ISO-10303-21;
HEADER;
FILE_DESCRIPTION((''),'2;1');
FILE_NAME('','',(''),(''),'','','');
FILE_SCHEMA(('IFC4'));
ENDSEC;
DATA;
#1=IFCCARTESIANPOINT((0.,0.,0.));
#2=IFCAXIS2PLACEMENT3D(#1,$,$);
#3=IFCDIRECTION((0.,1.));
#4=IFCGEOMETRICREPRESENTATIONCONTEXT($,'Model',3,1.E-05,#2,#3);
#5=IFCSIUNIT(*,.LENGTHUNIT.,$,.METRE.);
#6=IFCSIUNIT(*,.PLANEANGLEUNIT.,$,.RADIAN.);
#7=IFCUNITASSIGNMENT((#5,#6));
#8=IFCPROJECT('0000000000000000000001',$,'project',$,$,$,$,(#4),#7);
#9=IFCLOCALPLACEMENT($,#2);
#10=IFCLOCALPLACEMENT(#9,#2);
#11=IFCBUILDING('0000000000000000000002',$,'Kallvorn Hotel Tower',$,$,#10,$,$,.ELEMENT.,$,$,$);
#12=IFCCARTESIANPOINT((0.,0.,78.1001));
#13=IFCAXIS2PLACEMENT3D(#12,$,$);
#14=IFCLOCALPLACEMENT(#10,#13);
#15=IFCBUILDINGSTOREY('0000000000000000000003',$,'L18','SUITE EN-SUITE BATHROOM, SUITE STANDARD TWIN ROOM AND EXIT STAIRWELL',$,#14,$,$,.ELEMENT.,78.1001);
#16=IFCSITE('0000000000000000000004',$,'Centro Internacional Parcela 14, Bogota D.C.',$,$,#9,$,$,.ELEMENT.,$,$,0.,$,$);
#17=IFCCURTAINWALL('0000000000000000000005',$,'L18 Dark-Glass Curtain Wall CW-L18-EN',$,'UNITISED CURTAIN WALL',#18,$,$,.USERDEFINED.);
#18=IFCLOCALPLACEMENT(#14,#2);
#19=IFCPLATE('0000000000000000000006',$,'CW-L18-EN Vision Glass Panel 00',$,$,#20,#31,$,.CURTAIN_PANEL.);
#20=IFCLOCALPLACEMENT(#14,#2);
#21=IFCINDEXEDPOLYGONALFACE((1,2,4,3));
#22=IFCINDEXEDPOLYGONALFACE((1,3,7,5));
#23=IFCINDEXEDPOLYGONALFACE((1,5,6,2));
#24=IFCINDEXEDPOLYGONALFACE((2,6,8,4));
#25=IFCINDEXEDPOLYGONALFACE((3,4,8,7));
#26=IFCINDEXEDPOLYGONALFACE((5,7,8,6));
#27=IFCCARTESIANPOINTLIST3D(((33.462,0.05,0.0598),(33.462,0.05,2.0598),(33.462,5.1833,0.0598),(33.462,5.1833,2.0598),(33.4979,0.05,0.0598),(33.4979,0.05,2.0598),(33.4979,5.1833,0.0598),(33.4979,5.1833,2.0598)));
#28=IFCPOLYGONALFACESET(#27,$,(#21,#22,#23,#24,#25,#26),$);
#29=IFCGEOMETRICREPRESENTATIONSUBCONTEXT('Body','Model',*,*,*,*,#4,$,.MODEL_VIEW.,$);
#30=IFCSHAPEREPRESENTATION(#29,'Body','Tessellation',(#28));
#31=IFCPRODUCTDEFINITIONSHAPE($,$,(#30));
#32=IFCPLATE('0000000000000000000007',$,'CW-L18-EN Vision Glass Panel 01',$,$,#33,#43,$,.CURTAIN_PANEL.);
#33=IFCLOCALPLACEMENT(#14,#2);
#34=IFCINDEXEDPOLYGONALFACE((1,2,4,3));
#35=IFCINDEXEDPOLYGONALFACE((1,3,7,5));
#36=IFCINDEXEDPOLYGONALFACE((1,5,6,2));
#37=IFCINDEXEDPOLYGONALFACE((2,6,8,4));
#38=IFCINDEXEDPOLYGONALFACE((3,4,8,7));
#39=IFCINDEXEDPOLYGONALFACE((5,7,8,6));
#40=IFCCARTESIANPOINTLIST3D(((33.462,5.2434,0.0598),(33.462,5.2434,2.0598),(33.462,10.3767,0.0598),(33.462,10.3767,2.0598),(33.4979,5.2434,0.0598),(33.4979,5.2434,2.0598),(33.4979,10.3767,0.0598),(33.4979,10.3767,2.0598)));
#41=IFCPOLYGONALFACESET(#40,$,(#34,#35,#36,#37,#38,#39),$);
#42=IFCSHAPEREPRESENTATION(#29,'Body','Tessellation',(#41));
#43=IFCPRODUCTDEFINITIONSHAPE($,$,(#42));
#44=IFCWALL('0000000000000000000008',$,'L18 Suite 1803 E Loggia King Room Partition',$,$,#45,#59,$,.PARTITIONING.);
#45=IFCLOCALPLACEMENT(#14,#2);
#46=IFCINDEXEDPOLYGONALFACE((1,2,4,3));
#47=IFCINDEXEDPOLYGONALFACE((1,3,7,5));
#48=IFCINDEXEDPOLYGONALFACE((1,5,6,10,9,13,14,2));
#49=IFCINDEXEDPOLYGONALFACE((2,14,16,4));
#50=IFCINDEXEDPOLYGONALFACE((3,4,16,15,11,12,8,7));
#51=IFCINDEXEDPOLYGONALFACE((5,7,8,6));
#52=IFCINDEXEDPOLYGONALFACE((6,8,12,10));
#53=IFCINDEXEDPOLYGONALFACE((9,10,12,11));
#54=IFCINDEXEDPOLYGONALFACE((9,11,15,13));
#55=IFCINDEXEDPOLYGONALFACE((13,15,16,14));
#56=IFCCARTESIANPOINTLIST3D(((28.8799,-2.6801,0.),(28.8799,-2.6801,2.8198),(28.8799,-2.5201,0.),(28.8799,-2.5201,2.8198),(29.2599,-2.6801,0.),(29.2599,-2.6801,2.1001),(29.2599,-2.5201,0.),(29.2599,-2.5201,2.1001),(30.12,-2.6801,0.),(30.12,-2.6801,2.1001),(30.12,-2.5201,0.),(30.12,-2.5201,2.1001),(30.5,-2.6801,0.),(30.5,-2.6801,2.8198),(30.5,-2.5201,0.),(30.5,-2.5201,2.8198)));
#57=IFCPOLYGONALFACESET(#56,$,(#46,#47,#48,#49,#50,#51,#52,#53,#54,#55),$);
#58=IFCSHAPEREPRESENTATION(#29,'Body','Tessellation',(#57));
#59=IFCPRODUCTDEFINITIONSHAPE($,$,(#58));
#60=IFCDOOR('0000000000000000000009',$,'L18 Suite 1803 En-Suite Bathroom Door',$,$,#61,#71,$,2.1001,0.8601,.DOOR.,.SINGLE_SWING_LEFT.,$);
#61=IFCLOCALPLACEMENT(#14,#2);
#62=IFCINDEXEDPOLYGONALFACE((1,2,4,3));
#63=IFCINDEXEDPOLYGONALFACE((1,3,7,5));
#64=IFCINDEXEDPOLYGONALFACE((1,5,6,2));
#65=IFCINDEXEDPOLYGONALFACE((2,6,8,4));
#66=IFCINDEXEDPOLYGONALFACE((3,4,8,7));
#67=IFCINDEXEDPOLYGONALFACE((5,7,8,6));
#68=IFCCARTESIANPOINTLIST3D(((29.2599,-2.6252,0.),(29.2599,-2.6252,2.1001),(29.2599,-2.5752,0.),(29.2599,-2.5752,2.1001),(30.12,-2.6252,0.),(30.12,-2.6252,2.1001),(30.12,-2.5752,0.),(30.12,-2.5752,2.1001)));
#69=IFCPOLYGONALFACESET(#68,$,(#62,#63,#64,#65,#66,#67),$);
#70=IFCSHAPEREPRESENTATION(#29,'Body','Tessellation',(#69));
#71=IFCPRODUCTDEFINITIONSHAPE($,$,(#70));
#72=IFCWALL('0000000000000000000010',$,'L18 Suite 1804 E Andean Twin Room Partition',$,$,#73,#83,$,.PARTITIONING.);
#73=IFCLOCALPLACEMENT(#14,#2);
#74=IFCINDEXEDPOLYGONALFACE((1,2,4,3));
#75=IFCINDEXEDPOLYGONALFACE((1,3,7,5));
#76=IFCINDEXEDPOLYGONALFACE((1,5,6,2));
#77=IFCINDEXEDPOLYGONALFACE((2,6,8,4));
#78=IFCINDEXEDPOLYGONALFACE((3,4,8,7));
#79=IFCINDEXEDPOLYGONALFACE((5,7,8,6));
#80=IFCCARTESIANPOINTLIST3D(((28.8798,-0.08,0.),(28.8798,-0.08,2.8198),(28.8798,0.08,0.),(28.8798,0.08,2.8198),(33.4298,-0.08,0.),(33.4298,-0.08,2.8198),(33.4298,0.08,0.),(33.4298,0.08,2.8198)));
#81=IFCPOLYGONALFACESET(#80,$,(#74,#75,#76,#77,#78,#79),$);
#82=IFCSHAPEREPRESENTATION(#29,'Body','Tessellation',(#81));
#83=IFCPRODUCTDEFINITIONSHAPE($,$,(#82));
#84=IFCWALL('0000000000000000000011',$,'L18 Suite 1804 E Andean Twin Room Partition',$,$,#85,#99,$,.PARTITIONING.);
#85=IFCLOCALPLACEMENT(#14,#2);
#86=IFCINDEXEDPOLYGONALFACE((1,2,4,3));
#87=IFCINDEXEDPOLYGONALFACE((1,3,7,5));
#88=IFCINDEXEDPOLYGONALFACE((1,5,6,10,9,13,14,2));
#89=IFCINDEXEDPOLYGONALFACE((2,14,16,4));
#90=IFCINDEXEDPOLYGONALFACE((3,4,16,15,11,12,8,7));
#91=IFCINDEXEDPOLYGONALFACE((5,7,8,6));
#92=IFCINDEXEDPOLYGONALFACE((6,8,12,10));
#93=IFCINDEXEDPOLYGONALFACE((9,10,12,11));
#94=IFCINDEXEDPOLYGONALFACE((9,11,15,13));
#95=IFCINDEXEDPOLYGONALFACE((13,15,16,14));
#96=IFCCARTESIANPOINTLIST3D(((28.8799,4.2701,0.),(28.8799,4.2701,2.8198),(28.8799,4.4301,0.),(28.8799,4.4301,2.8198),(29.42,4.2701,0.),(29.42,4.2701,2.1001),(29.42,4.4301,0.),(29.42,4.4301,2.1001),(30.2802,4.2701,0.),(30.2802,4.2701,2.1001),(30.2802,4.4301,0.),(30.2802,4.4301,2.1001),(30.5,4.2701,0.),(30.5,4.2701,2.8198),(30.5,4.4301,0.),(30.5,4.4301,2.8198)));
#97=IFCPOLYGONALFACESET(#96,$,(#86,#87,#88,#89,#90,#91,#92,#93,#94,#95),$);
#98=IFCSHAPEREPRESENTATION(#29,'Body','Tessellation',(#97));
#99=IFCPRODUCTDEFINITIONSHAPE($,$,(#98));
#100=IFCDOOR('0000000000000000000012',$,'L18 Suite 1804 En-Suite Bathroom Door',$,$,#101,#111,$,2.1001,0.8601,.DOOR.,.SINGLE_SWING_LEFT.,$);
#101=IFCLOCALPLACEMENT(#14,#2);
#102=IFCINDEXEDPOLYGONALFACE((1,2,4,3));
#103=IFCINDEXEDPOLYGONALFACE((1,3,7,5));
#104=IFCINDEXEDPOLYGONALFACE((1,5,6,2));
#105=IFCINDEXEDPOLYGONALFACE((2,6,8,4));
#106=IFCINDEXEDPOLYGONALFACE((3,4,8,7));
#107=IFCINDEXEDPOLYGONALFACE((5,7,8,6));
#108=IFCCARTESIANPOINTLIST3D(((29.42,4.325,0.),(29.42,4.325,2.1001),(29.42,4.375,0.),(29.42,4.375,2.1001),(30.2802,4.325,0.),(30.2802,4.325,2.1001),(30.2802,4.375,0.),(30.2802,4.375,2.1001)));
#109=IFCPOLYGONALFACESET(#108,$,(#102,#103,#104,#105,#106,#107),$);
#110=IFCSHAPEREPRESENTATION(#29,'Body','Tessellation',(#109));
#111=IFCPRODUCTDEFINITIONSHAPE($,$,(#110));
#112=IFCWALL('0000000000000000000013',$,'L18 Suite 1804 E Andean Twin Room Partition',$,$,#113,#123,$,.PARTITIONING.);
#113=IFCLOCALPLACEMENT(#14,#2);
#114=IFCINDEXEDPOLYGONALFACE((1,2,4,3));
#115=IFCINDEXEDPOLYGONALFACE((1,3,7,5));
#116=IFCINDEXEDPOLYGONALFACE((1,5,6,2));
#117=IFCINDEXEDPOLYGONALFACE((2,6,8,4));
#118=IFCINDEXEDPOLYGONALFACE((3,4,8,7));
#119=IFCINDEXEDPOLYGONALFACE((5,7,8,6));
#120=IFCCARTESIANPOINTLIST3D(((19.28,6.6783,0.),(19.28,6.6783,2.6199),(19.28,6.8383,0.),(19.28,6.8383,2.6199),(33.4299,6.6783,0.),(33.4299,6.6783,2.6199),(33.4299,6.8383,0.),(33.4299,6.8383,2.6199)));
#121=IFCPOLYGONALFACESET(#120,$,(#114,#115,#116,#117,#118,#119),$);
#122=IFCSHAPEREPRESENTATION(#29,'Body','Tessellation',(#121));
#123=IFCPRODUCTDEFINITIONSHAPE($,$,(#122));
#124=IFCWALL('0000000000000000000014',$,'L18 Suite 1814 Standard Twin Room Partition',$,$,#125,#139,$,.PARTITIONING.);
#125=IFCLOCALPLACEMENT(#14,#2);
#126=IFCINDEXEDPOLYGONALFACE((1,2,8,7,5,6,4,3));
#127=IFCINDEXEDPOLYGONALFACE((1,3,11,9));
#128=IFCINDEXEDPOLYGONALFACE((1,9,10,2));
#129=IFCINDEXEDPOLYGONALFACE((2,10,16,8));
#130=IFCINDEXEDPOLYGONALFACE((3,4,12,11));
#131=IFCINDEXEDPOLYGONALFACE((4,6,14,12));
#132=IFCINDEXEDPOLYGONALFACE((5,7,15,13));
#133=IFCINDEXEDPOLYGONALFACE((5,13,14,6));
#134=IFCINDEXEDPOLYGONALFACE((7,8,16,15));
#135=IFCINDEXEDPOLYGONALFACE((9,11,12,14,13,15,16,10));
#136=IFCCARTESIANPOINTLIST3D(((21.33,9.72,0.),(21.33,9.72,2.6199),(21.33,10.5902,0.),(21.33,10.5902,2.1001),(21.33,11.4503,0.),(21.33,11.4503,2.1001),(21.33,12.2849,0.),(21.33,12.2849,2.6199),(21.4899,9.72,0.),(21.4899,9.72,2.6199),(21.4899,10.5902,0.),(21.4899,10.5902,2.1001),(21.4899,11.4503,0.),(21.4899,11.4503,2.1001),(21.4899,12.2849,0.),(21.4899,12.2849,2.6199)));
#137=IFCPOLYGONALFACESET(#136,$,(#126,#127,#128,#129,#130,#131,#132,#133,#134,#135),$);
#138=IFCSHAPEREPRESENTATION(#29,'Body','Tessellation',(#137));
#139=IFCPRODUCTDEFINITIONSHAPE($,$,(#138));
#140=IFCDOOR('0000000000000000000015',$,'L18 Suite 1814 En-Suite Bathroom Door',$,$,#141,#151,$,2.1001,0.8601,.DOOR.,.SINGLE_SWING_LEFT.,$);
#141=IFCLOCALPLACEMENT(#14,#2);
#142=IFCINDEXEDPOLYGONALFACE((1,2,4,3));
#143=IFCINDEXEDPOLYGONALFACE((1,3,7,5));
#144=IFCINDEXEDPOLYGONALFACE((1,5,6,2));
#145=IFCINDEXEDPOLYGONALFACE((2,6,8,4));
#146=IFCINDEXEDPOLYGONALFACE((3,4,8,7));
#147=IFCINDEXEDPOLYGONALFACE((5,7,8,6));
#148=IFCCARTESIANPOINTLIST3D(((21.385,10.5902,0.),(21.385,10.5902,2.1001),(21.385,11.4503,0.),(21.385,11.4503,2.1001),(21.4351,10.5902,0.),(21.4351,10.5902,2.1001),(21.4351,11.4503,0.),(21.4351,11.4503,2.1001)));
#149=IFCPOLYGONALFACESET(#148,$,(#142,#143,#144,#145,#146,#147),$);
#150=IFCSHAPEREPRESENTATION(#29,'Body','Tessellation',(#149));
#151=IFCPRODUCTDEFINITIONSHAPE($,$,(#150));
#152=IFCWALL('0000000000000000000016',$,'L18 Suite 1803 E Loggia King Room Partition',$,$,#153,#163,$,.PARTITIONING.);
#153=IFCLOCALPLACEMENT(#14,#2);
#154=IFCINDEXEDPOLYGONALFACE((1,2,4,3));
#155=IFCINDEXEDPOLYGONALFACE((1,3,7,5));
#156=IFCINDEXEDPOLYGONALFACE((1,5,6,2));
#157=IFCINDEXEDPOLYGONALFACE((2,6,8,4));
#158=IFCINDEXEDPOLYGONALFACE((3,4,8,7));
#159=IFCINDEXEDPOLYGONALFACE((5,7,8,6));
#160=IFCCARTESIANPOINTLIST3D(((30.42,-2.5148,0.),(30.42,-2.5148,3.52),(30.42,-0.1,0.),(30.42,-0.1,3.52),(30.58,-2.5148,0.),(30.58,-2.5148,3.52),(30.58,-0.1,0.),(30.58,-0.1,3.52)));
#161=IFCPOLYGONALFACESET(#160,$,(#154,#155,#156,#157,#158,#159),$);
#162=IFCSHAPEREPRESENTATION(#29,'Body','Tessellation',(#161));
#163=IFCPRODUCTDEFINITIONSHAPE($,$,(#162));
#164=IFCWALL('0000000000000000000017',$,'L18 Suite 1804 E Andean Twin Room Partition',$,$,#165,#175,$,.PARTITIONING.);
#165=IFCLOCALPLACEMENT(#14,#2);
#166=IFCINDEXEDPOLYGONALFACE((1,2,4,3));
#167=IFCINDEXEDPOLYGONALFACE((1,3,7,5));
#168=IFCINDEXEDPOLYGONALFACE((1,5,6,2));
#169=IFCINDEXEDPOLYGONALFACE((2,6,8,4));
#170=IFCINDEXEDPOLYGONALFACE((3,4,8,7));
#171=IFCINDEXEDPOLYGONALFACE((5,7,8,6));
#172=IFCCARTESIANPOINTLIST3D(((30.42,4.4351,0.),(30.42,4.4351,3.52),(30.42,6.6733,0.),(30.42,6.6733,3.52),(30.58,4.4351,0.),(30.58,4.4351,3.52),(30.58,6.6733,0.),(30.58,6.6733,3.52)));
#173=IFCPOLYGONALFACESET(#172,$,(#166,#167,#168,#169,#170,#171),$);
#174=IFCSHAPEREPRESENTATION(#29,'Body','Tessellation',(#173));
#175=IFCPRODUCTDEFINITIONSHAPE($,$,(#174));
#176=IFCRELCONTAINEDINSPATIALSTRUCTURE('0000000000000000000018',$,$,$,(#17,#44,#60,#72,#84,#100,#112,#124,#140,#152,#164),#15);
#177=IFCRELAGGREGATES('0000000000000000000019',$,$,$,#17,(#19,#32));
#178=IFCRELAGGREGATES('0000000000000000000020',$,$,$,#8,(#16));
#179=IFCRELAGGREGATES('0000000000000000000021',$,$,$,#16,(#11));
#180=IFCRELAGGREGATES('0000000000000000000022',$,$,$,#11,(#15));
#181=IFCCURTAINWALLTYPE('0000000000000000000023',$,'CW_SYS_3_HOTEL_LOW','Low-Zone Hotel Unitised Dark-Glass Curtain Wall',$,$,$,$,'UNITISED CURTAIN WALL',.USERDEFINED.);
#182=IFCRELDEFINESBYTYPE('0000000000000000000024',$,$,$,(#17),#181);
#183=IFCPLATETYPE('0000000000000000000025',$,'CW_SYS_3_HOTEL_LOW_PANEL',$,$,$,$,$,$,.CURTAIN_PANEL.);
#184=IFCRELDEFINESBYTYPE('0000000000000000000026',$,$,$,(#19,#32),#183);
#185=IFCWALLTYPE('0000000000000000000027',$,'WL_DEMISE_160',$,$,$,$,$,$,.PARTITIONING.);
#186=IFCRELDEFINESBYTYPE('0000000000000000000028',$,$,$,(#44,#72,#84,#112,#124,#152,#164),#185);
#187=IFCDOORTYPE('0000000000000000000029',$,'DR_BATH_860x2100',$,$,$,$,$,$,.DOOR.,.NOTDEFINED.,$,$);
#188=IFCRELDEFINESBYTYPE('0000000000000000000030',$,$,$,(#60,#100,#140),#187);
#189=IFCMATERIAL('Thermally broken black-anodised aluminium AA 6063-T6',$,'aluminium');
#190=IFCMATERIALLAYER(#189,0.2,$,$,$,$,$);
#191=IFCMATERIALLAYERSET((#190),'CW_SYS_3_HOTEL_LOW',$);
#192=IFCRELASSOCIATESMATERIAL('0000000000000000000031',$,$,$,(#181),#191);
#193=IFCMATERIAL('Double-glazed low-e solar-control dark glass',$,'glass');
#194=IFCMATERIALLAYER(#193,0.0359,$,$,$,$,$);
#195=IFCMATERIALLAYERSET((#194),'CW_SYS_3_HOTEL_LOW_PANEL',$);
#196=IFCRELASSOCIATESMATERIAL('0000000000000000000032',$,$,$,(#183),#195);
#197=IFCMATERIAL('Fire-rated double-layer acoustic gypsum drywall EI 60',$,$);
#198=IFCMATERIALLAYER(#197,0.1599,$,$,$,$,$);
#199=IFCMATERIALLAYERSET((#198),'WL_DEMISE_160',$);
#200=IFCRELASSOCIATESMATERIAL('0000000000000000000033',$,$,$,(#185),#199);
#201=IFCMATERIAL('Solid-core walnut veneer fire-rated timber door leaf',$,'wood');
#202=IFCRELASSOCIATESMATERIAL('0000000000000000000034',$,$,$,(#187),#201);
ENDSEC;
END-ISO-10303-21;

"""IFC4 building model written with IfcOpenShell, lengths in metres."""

from ifc_helpers import new_model, si_unit, direction, frame, frame_2d, origin, origin_2d, place, context, subcontext, project, spatial, rectangle, extrude, material, layer, layer_set, type_object, element, fill, aggregate, save


model = new_model("IFC4")

# Units and contexts
model_context = context("Model", 3, precision=1e-05, world=origin(), true_north=direction((0.0, 1.0)))
body_context = subcontext(model_context, "Body", "Model", "MODEL_VIEW")
ifc_project = project(units=[si_unit("LENGTHUNIT", "METRE"), si_unit("PLANEANGLEUNIT", "RADIAN")], contexts=[model_context])

# Site, building, storey
site_placement = place(None, origin())
site = spatial("IfcSite", under=ifc_project, at=site_placement, Name="Centro Internacional Parcela 14, Bogota D.C.", CompositionType="ELEMENT", RefElevation=0.0)
building_placement = place(site_placement, origin())
building = spatial("IfcBuilding", under=site, at=building_placement, Name="Kallvorn Hotel Tower", CompositionType="ELEMENT")
storey_placement = place(building_placement, frame((0.0, 0.0, 78.1001)))
storey = spatial("IfcBuildingStorey", under=building, at=storey_placement, Name="L18", Description="SUITE EN-SUITE BATHROOM, SUITE STANDARD TWIN ROOM AND EXIT STAIRWELL", CompositionType="ELEMENT", Elevation=78.1001)

# Curtain wall, plates
ifc_material_1 = material(Name="Thermally broken black-anodised aluminium AA 6063-T6", Category="aluminium")
ifc_layer_1 = layer(ifc_material_1, 0.2)
ifc_layer_set_1 = layer_set([ifc_layer_1], Name="CW_SYS_3_HOTEL_LOW")
curtain_wall_type = type_object("IfcCurtainWallType", Name="CW_SYS_3_HOTEL_LOW", Description="Low-Zone Hotel Unitised Dark-Glass Curtain Wall", ElementType="UNITISED CURTAIN WALL", PredefinedType="USERDEFINED", material=ifc_layer_set_1)
curtain_wall_placement = place(storey_placement, origin())
curtain_wall = element("IfcCurtainWall", 1, at=curtain_wall_placement, inside=storey, type_object=curtain_wall_type, Name="L18 Dark-Glass Curtain Wall CW-L18-EN", ObjectType="UNITISED CURTAIN WALL", PredefinedType="USERDEFINED")
ifc_material_2 = material(Name="Double-glazed low-e solar-control dark glass", Category="glass")
ifc_layer_2 = layer(ifc_material_2, 0.0359)
ifc_layer_set_2 = layer_set([ifc_layer_2], Name="CW_SYS_3_HOTEL_LOW_PANEL")
plate_type = type_object("IfcPlateType", Name="CW_SYS_3_HOTEL_LOW_PANEL", PredefinedType="CURTAIN_PANEL", material=ifc_layer_set_2)
plate_1_placement = place(storey_placement, frame((33.48, 2.6167, 0.0598), z_axis=(0.0, 0.0, 1.0), x_axis=(0.0, 1.0, 0.0)))
plate_1 = element("IfcPlate", 2, at=plate_1_placement, type_object=plate_type, Name="CW-L18-EN Vision Glass Panel 00", PredefinedType="CURTAIN_PANEL", context=body_context, shape_type="SweptSolid", body=[
    extrude(rectangle(XDim=5.1333, YDim=0.0359, at=origin_2d()), origin(), (0.0, 0.0, 1.0), 2.0),
])
plate_2_placement = place(storey_placement, frame((33.48, 7.8101, 0.0598), z_axis=(0.0, 0.0, 1.0), x_axis=(0.0, 1.0, 0.0)))
plate_2 = element("IfcPlate", 3, at=plate_2_placement, type_object=plate_type, Name="CW-L18-EN Vision Glass Panel 01", PredefinedType="CURTAIN_PANEL", context=body_context, shape_type="SweptSolid", body=[
    extrude(rectangle(XDim=5.1333, YDim=0.0359, at=origin_2d()), origin(), (0.0, 0.0, 1.0), 2.0),
])
aggregate(curtain_wall, [plate_1, plate_2])

# Wall, opening, door
ifc_material_3 = material(Name="Fire-rated double-layer acoustic gypsum drywall EI 60")
ifc_layer_3 = layer(ifc_material_3, 0.1599)
ifc_layer_set_3 = layer_set([ifc_layer_3], Name="WL_DEMISE_160")
wall_type_1 = type_object("IfcWallType", Name="WL_DEMISE_160", PredefinedType="PARTITIONING", material=ifc_layer_set_3)
wall_1_placement = place(storey_placement, frame((28.8799, -2.6001, 0.0), z_axis=(0.0, 0.0, 1.0), x_axis=(1.0, 0.0, 0.0)))
wall_1 = element("IfcWall", 4, at=wall_1_placement, inside=storey, type_object=wall_type_1, Name="L18 Suite 1803 E Loggia King Room Partition", PredefinedType="PARTITIONING", context=body_context, shape_type="SweptSolid", body=[
    extrude(rectangle(XDim=1.6201, YDim=0.1599, at=frame_2d((0.8101, 0.0))), origin(), (0.0, 0.0, 1.0), 2.8198),
])
opening_1_placement = place(wall_1_placement, frame((0.3799, 0.0, 0.0)))
opening_1 = element("IfcOpeningElement", 5, at=opening_1_placement, cuts=wall_1, PredefinedType="OPENING", context=body_context, shape_type="SweptSolid", body=[
    extrude(rectangle(XDim=0.8601, YDim=2.1001, at=frame_2d((0.4302, 1.05))), frame((0.0, 0.095, 0.0), z_axis=(0.0, -1.0, 0.0), x_axis=(1.0, 0.0, 0.0)), (0.0, 0.0, 1.0), 0.1899),
])
ifc_material_4 = material(Name="Solid-core walnut veneer fire-rated timber door leaf", Category="wood")
door_type = type_object("IfcDoorType", Name="DR_BATH_860x2100", OperationType="NOTDEFINED", PredefinedType="DOOR", material=ifc_material_4)
door_1_placement = place(opening_1_placement, origin())
door_1 = element("IfcDoor", 6, at=door_1_placement, inside=storey, type_object=door_type, Name="L18 Suite 1803 En-Suite Bathroom Door", OperationType="SINGLE_SWING_LEFT", OverallHeight=2.1001, OverallWidth=0.8601, PredefinedType="DOOR", context=body_context, shape_type="SweptSolid", body=[
    extrude(rectangle(XDim=0.8601, YDim=2.1001, at=frame_2d((0.4302, 1.05))), frame((0.0, 0.0249, 0.0), z_axis=(0.0, -1.0, 0.0), x_axis=(1.0, 0.0, 0.0)), (0.0, 0.0, 1.0), 0.05),
])
fill(opening_1, door_1)

# Wall
wall_2_placement = place(storey_placement, frame((28.8799, 0.0, 0.0), z_axis=(0.0, 0.0, 1.0), x_axis=(1.0, 0.0, 0.0)))
element("IfcWall", 7, at=wall_2_placement, inside=storey, type_object=wall_type_1, Name="L18 Suite 1804 E Andean Twin Room Partition", PredefinedType="PARTITIONING", context=body_context, shape_type="SweptSolid", body=[
    extrude(rectangle(XDim=4.55, YDim=0.1599, at=frame_2d((2.2749, 0.0))), origin(), (0.0, 0.0, 1.0), 2.8198),
])

# Wall, opening, door
wall_3_placement = place(storey_placement, frame((28.8799, 4.3501, 0.0), z_axis=(0.0, 0.0, 1.0), x_axis=(1.0, 0.0, 0.0)))
wall_3 = element("IfcWall", 8, at=wall_3_placement, inside=storey, type_object=wall_type_1, Name="L18 Suite 1804 E Andean Twin Room Partition", PredefinedType="PARTITIONING", context=body_context, shape_type="SweptSolid", body=[
    extrude(rectangle(XDim=1.6201, YDim=0.1599, at=frame_2d((0.8101, 0.0))), origin(), (0.0, 0.0, 1.0), 2.8198),
])
opening_2_placement = place(wall_3_placement, frame((0.54, 0.0, 0.0)))
opening_2 = element("IfcOpeningElement", 9, at=opening_2_placement, cuts=wall_3, PredefinedType="OPENING", context=body_context, shape_type="SweptSolid", body=[
    extrude(rectangle(XDim=0.8601, YDim=2.1001, at=frame_2d((0.4302, 1.05))), frame((0.0, 0.095, 0.0), z_axis=(0.0, -1.0, 0.0), x_axis=(1.0, 0.0, 0.0)), (0.0, 0.0, 1.0), 0.1899),
])
door_2_placement = place(opening_2_placement, origin())
door_2 = element("IfcDoor", 10, at=door_2_placement, inside=storey, type_object=door_type, Name="L18 Suite 1804 En-Suite Bathroom Door", OperationType="SINGLE_SWING_LEFT", OverallHeight=2.1001, OverallWidth=0.8601, PredefinedType="DOOR", context=body_context, shape_type="SweptSolid", body=[
    extrude(rectangle(XDim=0.8601, YDim=2.1001, at=frame_2d((0.4302, 1.05))), frame((0.0, 0.0249, 0.0), z_axis=(0.0, -1.0, 0.0), x_axis=(1.0, 0.0, 0.0)), (0.0, 0.0, 1.0), 0.05),
])
fill(opening_2, door_2)

# Wall
wall_4_placement = place(storey_placement, frame((19.28, 6.7583, 0.0), z_axis=(0.0, 0.0, 1.0), x_axis=(1.0, 0.0, 0.0)))
element("IfcWall", 11, at=wall_4_placement, inside=storey, type_object=wall_type_1, Name="L18 Suite 1804 E Andean Twin Room Partition", PredefinedType="PARTITIONING", context=body_context, shape_type="SweptSolid", body=[
    extrude(rectangle(XDim=14.1499, YDim=0.1599, at=frame_2d((7.075, 0.0))), origin(), (0.0, 0.0, 1.0), 2.6199),
])

# Wall, opening, door
wall_5_placement = place(storey_placement, frame((21.4099, 9.72, 0.0), z_axis=(0.0, 0.0, 1.0), x_axis=(0.0, 1.0, 0.0)))
wall_5 = element("IfcWall", 12, at=wall_5_placement, inside=storey, type_object=wall_type_1, Name="L18 Suite 1814 Standard Twin Room Partition", PredefinedType="PARTITIONING", context=body_context, shape_type="SweptSolid", body=[
    extrude(rectangle(XDim=2.5649, YDim=0.1599, at=frame_2d((1.2825, 0.0))), origin(), (0.0, 0.0, 1.0), 2.6199),
])
opening_3_placement = place(wall_5_placement, frame((0.8701, 0.0, 0.0)))
opening_3 = element("IfcOpeningElement", 13, at=opening_3_placement, cuts=wall_5, PredefinedType="OPENING", context=body_context, shape_type="SweptSolid", body=[
    extrude(rectangle(XDim=0.8601, YDim=2.1001, at=frame_2d((0.4302, 1.05))), frame((0.0, 0.095, 0.0), z_axis=(0.0, -1.0, 0.0), x_axis=(1.0, 0.0, 0.0)), (0.0, 0.0, 1.0), 0.1899),
])
door_3_placement = place(opening_3_placement, origin())
door_3 = element("IfcDoor", 14, at=door_3_placement, inside=storey, type_object=door_type, Name="L18 Suite 1814 En-Suite Bathroom Door", OperationType="SINGLE_SWING_LEFT", OverallHeight=2.1001, OverallWidth=0.8601, PredefinedType="DOOR", context=body_context, shape_type="SweptSolid", body=[
    extrude(rectangle(XDim=0.8601, YDim=2.1001, at=frame_2d((0.4302, 1.05))), frame((0.0, 0.0249, 0.0), z_axis=(0.0, -1.0, 0.0), x_axis=(1.0, 0.0, 0.0)), (0.0, 0.0, 1.0), 0.05),
])
fill(opening_3, door_3)

# Walls
wall_6_placement = place(storey_placement, frame((30.5, -2.5149, 0.0), z_axis=(0.0, 0.0, 1.0), x_axis=(0.0, 1.0, 0.0)))
element("IfcWall", 15, at=wall_6_placement, inside=storey, type_object=wall_type_1, Name="L18 Suite 1803 E Loggia King Room Partition", PredefinedType="PARTITIONING", context=body_context, shape_type="SweptSolid", body=[
    extrude(rectangle(XDim=2.4148, YDim=0.1599, at=frame_2d((1.2075, 0.0))), origin(), (0.0, 0.0, 1.0), 3.52),
])
wall_7_placement = place(storey_placement, frame((30.5, 4.4351, 0.0), z_axis=(0.0, 0.0, 1.0), x_axis=(0.0, 1.0, 0.0)))
element("IfcWall", 16, at=wall_7_placement, inside=storey, type_object=wall_type_1, Name="L18 Suite 1804 E Andean Twin Room Partition", PredefinedType="PARTITIONING", context=body_context, shape_type="SweptSolid", body=[
    extrude(rectangle(XDim=2.2383, YDim=0.1599, at=frame_2d((1.1191, 0.0))), origin(), (0.0, 0.0, 1.0), 3.52),
])

save(model, "model.ifc")
